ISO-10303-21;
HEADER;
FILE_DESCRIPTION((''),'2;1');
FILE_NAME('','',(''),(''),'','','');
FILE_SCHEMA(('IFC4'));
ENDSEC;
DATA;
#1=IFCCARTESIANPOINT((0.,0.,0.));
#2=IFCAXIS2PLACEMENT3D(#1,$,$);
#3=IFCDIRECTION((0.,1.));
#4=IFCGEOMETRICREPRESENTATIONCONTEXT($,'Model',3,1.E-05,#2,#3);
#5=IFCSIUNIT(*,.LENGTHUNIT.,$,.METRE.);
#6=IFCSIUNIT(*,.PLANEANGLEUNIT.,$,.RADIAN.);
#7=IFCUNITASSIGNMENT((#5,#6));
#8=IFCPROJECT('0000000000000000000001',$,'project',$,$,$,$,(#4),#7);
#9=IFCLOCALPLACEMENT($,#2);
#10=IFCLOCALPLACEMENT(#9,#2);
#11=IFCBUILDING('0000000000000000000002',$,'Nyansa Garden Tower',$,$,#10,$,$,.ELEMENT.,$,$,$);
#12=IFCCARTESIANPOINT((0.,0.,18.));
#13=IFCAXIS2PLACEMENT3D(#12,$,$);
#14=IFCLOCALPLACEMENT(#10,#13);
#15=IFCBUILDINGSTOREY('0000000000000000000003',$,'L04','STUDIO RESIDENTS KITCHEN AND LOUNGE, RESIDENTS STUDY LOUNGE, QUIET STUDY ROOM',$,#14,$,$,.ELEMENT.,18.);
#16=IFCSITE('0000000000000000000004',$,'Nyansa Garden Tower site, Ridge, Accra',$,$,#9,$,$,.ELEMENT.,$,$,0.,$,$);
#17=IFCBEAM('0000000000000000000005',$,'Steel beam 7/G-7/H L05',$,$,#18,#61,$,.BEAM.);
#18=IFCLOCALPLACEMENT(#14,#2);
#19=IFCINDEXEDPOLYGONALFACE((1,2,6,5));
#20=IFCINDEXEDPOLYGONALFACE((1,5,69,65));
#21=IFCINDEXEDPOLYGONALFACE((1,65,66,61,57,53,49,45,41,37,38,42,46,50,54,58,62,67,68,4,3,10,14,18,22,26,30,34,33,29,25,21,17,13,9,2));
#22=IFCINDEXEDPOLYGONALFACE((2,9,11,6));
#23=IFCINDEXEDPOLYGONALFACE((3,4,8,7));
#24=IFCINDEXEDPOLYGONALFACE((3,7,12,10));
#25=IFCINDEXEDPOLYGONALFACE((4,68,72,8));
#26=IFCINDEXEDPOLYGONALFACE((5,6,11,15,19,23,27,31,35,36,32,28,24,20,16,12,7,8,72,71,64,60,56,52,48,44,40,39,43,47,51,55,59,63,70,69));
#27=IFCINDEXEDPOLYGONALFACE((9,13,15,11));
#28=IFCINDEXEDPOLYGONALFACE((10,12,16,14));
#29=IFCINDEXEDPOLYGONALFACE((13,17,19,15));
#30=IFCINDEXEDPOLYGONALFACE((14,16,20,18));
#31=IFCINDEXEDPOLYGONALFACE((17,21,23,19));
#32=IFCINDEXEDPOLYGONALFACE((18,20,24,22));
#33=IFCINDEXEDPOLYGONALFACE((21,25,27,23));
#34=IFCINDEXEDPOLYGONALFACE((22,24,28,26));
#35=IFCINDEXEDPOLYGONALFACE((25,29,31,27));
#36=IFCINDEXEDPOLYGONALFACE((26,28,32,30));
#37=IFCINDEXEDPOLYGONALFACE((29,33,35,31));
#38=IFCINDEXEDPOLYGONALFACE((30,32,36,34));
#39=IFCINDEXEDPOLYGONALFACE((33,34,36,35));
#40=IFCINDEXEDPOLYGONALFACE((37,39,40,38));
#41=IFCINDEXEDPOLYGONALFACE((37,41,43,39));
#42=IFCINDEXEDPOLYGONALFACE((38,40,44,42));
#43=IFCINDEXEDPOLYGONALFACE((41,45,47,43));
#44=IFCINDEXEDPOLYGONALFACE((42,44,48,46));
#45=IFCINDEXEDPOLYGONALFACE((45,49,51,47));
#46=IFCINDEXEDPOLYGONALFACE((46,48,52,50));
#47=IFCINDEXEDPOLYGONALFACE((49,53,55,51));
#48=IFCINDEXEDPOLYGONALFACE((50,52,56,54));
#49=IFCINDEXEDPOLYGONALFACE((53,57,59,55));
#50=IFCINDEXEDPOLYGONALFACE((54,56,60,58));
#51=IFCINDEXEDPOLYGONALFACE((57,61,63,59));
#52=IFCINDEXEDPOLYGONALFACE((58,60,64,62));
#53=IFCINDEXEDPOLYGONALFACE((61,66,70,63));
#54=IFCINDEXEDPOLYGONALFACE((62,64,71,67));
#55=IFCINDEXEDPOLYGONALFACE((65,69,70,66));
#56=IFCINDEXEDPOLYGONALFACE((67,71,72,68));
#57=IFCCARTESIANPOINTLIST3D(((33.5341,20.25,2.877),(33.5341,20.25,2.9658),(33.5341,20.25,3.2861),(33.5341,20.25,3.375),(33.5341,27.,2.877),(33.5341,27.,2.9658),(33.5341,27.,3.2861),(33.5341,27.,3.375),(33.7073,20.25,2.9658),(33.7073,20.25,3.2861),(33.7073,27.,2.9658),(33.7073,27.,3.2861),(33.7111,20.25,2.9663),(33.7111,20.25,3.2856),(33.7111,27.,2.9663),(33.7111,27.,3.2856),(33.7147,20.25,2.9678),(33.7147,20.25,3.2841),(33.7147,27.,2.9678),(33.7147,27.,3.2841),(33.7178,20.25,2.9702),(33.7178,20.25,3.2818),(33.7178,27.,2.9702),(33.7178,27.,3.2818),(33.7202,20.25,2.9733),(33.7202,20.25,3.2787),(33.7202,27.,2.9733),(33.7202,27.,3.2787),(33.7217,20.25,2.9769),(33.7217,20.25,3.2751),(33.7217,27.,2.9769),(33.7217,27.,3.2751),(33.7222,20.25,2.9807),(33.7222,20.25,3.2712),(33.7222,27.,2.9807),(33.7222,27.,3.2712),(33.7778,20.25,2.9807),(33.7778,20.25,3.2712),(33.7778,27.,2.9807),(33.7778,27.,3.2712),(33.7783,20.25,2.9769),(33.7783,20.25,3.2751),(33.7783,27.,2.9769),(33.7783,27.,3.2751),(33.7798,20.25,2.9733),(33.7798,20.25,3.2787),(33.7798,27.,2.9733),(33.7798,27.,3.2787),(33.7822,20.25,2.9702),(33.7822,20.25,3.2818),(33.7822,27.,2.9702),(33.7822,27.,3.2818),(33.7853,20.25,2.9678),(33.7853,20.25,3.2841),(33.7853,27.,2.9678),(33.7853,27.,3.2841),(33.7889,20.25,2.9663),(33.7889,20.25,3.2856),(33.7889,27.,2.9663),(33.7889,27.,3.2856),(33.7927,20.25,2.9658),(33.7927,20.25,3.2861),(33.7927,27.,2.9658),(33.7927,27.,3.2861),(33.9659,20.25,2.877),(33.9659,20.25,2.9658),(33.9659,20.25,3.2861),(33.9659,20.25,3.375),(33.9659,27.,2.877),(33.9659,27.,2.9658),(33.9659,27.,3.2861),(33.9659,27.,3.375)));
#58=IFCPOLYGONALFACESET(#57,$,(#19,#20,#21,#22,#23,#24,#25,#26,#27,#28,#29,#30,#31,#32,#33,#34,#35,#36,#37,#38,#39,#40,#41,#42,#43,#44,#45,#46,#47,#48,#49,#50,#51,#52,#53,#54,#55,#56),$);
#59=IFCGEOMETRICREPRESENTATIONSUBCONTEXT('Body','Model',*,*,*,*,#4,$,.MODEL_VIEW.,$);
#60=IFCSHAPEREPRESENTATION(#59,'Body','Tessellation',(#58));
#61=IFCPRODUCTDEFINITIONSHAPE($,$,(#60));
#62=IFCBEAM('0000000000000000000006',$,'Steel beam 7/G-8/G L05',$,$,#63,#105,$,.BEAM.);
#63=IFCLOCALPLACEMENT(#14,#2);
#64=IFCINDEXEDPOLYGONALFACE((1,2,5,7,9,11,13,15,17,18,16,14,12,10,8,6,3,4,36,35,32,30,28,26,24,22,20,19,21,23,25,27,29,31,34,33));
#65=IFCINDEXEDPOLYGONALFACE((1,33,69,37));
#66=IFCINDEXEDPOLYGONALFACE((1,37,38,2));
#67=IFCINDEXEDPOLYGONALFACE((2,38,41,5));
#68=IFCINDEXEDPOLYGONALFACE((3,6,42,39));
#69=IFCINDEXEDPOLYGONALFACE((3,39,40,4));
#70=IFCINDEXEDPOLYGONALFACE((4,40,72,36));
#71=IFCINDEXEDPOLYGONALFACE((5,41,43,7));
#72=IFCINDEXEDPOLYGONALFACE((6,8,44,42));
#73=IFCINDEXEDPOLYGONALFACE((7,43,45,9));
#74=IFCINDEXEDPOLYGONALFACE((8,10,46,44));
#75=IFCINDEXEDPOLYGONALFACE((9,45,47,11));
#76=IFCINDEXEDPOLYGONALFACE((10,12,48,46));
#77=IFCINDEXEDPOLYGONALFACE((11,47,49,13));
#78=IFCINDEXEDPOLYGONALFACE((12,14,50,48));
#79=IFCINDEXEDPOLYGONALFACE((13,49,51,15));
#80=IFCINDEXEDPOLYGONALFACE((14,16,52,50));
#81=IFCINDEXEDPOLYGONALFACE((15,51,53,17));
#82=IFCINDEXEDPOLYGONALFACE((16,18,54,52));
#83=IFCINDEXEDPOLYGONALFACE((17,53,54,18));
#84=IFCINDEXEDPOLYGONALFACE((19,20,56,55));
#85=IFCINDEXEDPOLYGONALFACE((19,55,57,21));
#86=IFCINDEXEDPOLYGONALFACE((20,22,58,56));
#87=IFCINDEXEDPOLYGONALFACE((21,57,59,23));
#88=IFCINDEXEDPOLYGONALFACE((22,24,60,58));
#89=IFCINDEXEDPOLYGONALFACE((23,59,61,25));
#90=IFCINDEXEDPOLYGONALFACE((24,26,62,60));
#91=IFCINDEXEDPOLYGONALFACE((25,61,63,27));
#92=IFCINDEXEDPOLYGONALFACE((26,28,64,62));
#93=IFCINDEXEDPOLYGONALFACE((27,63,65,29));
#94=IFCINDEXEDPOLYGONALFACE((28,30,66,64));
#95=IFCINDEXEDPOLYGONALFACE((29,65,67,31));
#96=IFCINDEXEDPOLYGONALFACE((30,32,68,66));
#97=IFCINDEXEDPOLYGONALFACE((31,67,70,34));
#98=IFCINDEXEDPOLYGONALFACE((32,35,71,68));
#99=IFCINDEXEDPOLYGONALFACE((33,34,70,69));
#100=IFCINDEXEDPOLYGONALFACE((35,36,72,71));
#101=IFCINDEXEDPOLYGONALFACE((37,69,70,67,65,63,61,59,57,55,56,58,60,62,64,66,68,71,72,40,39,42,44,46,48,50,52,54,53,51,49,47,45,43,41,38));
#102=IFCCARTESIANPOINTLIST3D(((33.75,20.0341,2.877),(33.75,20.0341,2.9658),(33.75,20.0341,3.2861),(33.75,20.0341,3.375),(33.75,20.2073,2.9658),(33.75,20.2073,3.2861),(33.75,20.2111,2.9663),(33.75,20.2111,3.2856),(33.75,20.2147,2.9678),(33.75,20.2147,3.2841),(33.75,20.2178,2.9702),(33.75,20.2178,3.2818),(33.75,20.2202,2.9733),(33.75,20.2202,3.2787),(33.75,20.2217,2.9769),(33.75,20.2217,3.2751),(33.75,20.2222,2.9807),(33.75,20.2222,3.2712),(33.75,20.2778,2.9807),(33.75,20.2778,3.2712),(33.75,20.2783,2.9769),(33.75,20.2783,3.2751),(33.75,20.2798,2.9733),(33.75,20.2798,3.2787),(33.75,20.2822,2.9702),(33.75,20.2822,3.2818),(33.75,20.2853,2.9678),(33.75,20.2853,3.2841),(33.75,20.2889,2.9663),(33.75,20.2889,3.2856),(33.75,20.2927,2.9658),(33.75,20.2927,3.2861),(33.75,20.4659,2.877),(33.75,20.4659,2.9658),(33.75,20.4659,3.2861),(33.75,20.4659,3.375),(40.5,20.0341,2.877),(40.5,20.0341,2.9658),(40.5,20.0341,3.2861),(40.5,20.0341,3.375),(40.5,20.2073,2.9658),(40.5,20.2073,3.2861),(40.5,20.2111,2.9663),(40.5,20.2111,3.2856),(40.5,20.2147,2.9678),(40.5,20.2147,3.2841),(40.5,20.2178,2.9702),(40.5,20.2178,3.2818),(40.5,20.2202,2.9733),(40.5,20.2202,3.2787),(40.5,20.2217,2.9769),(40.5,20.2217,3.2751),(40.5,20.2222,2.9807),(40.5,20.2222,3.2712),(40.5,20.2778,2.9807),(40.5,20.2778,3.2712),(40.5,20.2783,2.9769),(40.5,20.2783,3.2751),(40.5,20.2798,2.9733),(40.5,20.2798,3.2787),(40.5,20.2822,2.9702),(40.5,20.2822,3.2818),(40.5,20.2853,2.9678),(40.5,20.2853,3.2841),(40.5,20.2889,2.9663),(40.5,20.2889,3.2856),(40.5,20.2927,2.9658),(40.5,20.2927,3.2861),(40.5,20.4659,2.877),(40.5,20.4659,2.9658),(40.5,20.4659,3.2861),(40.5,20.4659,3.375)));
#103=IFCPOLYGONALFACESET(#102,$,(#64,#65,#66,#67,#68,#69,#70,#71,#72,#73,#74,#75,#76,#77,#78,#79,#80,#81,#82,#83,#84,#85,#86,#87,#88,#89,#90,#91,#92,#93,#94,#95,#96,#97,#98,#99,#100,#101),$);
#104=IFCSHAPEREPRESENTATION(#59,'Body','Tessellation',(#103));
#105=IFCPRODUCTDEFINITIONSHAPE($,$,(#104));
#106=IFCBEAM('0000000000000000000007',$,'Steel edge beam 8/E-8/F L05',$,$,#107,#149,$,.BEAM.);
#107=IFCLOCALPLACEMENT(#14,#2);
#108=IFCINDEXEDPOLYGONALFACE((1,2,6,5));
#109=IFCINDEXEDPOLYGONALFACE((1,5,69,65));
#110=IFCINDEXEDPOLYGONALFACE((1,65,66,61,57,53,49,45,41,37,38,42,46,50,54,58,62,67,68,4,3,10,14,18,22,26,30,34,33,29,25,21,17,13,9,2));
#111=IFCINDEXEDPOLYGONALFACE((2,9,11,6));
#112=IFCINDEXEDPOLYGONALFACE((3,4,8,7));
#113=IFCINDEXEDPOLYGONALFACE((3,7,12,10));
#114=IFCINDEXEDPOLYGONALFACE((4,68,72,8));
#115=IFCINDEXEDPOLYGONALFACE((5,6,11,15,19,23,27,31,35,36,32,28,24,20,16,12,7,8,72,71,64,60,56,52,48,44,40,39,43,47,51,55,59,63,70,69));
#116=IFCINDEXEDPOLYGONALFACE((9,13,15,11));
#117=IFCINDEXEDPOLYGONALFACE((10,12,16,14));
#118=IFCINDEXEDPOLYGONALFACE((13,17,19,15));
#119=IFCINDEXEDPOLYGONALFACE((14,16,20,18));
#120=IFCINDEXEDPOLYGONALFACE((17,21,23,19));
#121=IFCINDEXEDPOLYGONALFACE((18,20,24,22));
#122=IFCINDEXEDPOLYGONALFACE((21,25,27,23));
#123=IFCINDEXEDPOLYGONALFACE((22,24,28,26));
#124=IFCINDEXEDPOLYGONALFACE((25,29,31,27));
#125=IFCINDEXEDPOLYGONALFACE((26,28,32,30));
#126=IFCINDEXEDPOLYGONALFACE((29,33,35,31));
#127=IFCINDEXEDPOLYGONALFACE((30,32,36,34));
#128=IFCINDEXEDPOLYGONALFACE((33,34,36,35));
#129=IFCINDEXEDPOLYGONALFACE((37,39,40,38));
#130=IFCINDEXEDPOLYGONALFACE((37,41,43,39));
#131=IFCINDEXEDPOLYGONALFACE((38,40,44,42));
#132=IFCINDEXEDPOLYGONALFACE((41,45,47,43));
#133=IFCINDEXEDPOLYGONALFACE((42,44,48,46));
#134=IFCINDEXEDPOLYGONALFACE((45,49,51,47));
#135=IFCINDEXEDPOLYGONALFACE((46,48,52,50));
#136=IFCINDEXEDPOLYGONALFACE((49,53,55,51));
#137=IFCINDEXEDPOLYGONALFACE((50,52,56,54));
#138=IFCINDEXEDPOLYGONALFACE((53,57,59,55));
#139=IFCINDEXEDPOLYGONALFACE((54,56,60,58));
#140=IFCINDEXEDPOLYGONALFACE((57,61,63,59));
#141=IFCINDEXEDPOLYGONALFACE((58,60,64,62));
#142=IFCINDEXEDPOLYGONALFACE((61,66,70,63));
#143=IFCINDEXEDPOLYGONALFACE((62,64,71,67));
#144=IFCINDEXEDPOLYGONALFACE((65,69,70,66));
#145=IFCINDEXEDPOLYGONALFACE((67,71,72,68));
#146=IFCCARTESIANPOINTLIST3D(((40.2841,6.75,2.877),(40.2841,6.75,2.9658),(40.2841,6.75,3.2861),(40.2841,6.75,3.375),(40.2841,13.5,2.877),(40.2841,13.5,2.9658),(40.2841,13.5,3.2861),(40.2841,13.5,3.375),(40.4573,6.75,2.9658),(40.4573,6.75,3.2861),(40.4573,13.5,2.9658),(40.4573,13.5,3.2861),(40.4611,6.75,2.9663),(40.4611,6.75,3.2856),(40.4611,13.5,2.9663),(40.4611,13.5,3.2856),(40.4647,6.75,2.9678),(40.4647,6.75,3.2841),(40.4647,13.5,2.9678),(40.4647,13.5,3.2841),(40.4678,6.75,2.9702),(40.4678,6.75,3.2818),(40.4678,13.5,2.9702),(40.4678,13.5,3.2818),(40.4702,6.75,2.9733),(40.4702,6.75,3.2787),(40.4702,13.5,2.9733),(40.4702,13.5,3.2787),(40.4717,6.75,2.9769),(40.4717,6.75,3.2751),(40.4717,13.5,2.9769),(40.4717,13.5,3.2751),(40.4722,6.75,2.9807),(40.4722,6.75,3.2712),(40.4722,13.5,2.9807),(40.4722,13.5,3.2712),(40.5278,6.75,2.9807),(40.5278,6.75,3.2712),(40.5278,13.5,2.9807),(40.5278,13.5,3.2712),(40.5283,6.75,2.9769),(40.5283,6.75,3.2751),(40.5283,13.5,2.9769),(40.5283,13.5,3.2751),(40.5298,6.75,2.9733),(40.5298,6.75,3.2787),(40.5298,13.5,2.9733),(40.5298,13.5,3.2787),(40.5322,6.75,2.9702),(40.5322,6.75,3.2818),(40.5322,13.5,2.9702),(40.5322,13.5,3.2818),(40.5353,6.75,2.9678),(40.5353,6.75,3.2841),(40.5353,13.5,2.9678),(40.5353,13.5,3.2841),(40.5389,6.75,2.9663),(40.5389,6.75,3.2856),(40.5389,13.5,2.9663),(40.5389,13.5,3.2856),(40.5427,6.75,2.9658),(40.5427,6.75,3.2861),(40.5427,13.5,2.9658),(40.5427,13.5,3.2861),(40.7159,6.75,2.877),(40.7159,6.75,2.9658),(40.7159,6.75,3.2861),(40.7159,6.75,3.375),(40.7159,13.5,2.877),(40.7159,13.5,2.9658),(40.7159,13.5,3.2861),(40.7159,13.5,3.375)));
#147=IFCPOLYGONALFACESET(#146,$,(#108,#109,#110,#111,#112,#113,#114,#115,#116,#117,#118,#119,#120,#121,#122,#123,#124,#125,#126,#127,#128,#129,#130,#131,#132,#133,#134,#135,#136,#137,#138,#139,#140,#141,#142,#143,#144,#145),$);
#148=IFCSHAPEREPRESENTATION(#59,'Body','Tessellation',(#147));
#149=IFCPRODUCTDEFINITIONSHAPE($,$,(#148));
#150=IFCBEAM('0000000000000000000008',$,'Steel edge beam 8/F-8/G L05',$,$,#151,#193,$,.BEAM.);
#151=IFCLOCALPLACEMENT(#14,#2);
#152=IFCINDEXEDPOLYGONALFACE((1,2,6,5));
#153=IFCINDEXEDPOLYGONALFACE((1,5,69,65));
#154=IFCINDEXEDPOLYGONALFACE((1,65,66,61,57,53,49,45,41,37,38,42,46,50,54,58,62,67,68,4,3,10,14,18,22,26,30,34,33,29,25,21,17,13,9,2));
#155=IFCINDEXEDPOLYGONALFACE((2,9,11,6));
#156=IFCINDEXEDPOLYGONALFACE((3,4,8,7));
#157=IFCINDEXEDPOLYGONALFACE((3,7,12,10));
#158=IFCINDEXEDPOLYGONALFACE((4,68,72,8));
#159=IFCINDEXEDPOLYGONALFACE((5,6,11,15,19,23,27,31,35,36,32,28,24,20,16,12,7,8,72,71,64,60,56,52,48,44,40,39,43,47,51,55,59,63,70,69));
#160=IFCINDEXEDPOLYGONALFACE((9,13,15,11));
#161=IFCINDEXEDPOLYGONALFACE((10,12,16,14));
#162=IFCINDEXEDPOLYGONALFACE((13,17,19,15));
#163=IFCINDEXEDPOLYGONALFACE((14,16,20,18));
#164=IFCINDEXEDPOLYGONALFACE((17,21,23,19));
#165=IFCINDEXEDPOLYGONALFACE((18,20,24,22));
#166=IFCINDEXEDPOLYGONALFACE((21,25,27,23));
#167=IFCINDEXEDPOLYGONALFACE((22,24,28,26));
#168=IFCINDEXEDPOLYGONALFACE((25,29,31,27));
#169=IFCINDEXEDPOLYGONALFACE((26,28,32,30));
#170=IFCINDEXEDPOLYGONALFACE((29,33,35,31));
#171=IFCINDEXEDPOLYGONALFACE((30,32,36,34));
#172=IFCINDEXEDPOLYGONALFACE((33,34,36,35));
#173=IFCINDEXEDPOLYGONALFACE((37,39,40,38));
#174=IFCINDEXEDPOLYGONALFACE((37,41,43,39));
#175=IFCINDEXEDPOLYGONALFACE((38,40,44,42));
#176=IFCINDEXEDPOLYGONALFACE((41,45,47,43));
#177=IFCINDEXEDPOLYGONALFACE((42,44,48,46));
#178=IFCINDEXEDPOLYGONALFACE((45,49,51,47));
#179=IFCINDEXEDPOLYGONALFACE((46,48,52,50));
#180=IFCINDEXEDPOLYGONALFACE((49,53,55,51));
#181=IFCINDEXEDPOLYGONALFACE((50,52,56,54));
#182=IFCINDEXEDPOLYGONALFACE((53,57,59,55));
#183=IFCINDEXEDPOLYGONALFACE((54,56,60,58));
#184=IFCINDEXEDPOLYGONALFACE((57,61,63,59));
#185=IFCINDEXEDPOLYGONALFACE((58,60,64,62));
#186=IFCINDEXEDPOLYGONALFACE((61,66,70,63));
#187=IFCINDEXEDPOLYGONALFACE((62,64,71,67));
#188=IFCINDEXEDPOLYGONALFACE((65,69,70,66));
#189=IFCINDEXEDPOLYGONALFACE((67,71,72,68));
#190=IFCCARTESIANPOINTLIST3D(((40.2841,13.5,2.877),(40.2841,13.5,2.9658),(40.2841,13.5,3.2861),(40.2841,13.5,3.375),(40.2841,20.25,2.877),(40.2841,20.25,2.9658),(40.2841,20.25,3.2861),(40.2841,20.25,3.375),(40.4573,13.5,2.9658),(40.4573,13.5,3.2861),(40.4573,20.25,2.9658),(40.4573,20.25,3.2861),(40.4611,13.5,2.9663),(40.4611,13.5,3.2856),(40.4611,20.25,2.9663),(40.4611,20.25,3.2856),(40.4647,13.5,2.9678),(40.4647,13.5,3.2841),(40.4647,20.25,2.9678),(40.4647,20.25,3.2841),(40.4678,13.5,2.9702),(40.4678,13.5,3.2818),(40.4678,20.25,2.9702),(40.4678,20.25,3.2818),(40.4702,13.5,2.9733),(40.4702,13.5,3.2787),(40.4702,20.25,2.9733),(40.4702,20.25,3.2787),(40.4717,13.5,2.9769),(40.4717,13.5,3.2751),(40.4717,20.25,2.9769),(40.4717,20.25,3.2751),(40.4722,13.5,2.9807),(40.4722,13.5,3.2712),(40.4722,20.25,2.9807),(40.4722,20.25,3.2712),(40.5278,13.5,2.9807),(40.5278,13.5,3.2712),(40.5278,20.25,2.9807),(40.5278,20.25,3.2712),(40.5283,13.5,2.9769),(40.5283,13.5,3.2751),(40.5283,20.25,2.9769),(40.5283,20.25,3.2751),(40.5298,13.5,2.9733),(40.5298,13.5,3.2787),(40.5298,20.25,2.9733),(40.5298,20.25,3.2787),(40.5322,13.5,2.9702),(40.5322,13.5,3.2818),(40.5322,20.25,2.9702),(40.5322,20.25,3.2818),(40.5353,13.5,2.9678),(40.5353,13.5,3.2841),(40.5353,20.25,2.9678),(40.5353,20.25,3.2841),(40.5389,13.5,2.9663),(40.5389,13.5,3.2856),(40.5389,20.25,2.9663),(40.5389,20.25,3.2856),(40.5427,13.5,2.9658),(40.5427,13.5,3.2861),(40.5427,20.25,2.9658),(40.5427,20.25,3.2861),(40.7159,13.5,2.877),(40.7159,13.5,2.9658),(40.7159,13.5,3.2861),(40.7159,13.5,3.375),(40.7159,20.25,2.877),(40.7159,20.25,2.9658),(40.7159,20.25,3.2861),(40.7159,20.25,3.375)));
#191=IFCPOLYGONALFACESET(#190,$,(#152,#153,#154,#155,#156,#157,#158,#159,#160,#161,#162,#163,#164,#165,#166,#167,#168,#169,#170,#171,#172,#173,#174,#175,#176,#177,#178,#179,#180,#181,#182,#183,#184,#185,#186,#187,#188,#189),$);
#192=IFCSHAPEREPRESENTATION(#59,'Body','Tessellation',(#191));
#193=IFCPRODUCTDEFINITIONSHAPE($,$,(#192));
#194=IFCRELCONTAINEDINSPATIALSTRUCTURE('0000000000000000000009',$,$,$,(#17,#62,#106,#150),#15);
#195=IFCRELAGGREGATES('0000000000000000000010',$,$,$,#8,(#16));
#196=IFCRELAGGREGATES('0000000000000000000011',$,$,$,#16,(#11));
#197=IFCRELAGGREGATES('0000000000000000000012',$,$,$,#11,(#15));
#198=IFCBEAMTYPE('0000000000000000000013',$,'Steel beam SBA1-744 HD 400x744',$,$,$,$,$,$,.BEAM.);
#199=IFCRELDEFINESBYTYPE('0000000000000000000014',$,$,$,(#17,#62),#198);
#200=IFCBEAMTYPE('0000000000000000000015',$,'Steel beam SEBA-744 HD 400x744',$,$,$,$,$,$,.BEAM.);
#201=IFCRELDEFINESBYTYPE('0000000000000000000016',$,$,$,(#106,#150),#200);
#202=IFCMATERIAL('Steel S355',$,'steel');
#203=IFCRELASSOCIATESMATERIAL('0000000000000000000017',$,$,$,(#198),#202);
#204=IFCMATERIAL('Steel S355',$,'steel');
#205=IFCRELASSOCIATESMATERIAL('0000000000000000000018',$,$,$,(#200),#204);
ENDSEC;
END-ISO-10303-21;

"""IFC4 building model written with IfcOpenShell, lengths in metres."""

from ifc_helpers import new_model, si_unit, direction, frame, origin, origin_2d, place, context, subcontext, project, spatial, i_section, extrude, material, material_profile, profile_set, type_object, element, save


model = new_model("IFC4")

# Units and contexts
model_context = context("Model", 3, precision=1e-05, world=origin(), true_north=direction((0.0, 1.0)))
body_context = subcontext(model_context, "Body", "Model", "MODEL_VIEW")
ifc_project = project(units=[si_unit("LENGTHUNIT", "METRE"), si_unit("PLANEANGLEUNIT", "RADIAN")], contexts=[model_context])

# Site, building, storey
site_placement = place(None, origin())
site = spatial("IfcSite", under=ifc_project, at=site_placement, Name="Nyansa Garden Tower site, Ridge, Accra", CompositionType="ELEMENT", RefElevation=0.0)
building_placement = place(site_placement, origin())
building = spatial("IfcBuilding", under=site, at=building_placement, Name="Nyansa Garden Tower", CompositionType="ELEMENT")
storey_placement = place(building_placement, frame((0.0, 0.0, 18.0)))
storey = spatial("IfcBuildingStorey", under=building, at=storey_placement, Name="L04", Description="STUDIO RESIDENTS KITCHEN AND LOUNGE, RESIDENTS STUDY LOUNGE, QUIET STUDY ROOM", CompositionType="ELEMENT", Elevation=18.0)

# Beams
ifc_material_1 = material(Name="Steel S355", Category="steel")
ifc_material_profile_1 = material_profile(ifc_material_1, i_section(OverallWidth=0.4319, OverallDepth=0.498, WebThickness=0.0557, FlangeThickness=0.0889, FilletRadius=0.0149, at=origin_2d()), Name="HD 400x744")
ifc_profile_set_1 = profile_set([ifc_material_profile_1], Name="Steel S355")
beam_type_1 = type_object("IfcBeamType", Name="Steel beam SBA1-744 HD 400x744", PredefinedType="BEAM", material=ifc_profile_set_1)
for number, where, z_axis, x_axis, name in (
    (1, (33.75, 20.25, 3.126), (0.0, 1.0, 0.0), (-1.0, 0.0, 0.0), "Steel beam 7/G-7/H L05"),
    (2, (33.75, 20.25, 3.126), (1.0, 0.0, 0.0), (0.0, 1.0, 0.0), "Steel beam 7/G-8/G L05"),
):
    element("IfcBeam", number, at=place(storey_placement, frame(where, z_axis=z_axis, x_axis=x_axis)), inside=storey, type_object=beam_type_1, Name=name, PredefinedType="BEAM", context=body_context, shape_type="SweptSolid", body=[
        extrude(i_section(OverallWidth=0.4319, OverallDepth=0.498, WebThickness=0.0557, FlangeThickness=0.0889, FilletRadius=0.0149, at=origin_2d()), origin(), (0.0, 0.0, 1.0), 6.75),
    ])
ifc_material_2 = material(Name="Steel S355", Category="steel")
ifc_material_profile_2 = material_profile(ifc_material_2, i_section(OverallWidth=0.4319, OverallDepth=0.498, WebThickness=0.0557, FlangeThickness=0.0889, FilletRadius=0.0149, at=origin_2d()), Name="HD 400x744")
ifc_profile_set_2 = profile_set([ifc_material_profile_2], Name="Steel S355")
beam_type_2 = type_object("IfcBeamType", Name="Steel beam SEBA-744 HD 400x744", PredefinedType="BEAM", material=ifc_profile_set_2)
for number, where, z_axis, x_axis, name in (
    (3, (40.5, 6.75, 3.126), (0.0, 1.0, 0.0), (-1.0, 0.0, 0.0), "Steel edge beam 8/E-8/F L05"),
    (4, (40.5, 13.5, 3.126), (0.0, 1.0, 0.0), (-1.0, 0.0, 0.0), "Steel edge beam 8/F-8/G L05"),
):
    element("IfcBeam", number, at=place(storey_placement, frame(where, z_axis=z_axis, x_axis=x_axis)), inside=storey, type_object=beam_type_2, Name=name, PredefinedType="BEAM", context=body_context, shape_type="SweptSolid", body=[
        extrude(i_section(OverallWidth=0.4319, OverallDepth=0.498, WebThickness=0.0557, FlangeThickness=0.0889, FilletRadius=0.0149, at=origin_2d()), origin(), (0.0, 0.0, 1.0), 6.75),
    ])

save(model, "model.ifc")
